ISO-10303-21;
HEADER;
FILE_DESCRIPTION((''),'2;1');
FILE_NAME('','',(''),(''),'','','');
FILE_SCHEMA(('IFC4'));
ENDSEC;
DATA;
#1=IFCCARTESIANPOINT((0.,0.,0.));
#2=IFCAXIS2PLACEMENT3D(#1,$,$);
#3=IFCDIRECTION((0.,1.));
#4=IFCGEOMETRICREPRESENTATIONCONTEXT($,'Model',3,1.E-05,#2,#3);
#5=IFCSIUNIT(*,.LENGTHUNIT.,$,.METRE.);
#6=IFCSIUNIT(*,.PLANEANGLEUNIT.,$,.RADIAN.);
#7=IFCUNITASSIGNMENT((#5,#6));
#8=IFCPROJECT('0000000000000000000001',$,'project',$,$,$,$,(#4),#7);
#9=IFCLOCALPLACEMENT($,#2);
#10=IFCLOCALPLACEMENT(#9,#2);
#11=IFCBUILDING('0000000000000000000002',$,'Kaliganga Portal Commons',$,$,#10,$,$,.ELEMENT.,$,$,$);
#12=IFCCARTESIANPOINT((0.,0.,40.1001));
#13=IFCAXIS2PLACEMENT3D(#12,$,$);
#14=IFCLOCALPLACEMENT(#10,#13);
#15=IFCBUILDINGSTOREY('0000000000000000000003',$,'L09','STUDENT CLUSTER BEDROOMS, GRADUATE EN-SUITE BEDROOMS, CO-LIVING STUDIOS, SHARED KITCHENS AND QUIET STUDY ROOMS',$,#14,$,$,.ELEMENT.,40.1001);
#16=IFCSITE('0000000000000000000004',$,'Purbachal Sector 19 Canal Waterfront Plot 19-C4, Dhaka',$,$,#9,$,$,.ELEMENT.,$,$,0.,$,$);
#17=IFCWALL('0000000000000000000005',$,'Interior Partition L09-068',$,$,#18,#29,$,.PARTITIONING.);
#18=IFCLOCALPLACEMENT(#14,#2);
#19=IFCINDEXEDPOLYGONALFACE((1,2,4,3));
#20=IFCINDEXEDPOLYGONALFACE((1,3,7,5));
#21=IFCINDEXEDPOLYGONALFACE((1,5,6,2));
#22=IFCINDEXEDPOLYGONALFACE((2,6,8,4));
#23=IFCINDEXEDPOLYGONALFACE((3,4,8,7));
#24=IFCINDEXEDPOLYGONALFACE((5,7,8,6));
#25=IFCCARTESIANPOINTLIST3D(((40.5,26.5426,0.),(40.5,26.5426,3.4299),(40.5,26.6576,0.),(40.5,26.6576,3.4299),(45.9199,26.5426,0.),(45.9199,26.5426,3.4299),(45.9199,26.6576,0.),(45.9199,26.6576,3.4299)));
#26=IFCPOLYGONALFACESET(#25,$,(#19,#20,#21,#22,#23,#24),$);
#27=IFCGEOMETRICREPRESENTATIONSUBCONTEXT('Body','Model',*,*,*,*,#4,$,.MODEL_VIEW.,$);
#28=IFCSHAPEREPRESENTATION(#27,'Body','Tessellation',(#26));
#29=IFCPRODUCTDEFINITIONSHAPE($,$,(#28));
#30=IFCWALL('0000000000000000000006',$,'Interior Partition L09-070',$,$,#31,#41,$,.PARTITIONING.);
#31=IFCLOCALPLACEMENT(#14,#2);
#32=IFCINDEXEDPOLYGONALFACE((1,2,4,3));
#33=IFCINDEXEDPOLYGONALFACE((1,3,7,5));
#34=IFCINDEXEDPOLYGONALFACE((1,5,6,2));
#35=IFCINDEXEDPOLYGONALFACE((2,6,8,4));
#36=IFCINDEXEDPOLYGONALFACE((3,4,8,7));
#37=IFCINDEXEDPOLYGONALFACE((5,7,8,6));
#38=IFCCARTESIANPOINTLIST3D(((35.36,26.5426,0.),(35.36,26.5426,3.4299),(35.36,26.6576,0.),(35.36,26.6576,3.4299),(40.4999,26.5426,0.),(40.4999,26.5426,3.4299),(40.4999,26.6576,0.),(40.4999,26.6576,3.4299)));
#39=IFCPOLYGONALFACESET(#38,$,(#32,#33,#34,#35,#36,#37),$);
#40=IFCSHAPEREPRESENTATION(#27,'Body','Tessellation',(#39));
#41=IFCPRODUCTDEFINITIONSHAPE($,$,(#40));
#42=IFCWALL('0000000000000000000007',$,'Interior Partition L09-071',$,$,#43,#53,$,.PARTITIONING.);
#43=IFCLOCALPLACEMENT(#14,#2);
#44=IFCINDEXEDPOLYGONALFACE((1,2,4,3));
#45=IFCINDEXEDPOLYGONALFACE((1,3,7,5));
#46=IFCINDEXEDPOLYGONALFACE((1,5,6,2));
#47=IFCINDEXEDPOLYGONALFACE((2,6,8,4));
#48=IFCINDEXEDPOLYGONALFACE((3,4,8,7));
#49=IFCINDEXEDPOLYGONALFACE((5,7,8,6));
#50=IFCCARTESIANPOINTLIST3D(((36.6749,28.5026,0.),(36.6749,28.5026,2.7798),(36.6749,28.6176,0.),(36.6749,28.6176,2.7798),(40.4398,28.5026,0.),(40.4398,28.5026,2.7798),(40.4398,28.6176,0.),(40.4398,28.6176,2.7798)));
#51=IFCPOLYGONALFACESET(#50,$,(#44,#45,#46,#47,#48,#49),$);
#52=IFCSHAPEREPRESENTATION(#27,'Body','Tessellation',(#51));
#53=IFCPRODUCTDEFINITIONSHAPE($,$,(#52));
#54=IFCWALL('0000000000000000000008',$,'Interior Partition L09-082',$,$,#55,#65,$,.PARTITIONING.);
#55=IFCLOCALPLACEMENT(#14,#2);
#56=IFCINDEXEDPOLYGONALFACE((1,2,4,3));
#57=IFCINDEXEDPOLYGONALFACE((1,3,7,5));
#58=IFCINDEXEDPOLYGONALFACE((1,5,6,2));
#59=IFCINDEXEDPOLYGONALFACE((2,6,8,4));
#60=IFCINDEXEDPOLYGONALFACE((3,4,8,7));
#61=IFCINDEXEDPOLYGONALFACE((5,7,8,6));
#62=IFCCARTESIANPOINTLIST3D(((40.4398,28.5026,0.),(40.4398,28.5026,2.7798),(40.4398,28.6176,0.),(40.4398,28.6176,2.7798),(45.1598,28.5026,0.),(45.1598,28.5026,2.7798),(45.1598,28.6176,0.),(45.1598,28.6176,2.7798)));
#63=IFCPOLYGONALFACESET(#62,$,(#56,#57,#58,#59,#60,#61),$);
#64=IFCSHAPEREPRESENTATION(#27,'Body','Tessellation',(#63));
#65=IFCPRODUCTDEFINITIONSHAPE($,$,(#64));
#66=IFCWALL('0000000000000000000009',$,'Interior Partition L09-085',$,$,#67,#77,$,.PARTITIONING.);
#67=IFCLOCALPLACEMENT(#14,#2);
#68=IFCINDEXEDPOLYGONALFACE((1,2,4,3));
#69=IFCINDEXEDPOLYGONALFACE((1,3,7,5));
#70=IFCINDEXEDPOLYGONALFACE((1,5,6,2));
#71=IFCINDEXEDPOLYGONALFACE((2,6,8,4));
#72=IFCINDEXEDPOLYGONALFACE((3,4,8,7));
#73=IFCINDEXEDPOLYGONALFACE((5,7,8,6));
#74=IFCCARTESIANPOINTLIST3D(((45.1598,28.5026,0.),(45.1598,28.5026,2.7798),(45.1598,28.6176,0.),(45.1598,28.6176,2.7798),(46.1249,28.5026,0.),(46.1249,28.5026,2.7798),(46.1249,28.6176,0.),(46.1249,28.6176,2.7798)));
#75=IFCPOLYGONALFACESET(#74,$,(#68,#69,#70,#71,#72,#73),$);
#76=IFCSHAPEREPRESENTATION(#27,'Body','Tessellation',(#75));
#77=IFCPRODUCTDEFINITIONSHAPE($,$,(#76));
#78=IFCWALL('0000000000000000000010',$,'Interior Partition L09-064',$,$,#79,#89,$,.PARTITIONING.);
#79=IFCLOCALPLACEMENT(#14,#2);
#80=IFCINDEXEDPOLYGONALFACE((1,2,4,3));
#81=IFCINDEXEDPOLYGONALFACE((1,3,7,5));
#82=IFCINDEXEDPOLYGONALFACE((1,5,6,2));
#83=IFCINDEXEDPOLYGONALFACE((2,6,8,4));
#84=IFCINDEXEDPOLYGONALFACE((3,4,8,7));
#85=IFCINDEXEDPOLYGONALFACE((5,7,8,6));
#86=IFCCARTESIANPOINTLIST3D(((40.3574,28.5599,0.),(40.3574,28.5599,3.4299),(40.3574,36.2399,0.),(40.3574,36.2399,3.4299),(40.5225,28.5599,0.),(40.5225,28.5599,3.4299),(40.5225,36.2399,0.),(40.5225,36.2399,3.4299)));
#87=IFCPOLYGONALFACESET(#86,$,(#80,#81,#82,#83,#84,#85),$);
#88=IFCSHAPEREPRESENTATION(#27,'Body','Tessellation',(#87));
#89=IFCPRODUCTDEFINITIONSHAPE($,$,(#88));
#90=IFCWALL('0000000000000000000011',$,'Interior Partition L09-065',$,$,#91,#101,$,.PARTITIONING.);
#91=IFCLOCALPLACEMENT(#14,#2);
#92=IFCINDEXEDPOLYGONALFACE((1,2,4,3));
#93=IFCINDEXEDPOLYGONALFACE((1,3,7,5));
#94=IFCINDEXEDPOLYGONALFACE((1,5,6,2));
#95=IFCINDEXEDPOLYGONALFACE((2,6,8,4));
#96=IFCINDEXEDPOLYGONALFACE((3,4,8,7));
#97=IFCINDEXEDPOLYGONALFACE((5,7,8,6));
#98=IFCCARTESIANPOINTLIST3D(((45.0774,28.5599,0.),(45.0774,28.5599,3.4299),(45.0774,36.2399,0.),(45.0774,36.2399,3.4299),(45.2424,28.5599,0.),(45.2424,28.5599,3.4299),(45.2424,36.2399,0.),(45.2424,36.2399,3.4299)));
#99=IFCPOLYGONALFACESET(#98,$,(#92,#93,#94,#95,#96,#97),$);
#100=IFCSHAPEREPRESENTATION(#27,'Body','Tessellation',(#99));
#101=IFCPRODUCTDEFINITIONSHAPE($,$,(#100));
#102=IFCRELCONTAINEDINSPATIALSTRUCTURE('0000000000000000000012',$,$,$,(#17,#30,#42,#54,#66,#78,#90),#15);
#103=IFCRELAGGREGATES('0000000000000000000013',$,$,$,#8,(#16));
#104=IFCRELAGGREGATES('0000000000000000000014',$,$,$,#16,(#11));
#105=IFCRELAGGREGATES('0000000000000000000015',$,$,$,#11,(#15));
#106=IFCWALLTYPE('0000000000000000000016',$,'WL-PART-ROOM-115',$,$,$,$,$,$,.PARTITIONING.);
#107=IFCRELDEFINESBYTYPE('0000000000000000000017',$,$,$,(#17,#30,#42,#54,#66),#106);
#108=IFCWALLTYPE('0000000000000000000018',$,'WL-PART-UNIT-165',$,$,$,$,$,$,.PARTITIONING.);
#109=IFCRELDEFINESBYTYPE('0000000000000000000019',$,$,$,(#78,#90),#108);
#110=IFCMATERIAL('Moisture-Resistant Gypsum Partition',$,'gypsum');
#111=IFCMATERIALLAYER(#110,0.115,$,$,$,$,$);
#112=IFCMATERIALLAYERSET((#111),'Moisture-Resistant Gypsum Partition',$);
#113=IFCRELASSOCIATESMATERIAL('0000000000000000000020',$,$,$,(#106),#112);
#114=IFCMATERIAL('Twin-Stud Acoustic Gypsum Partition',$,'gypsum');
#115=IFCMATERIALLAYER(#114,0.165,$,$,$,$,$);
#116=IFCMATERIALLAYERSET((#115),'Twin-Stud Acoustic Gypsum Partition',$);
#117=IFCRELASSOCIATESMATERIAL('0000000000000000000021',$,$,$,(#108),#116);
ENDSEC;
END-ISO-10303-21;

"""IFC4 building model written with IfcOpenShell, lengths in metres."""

from ifc_helpers import new_model, si_unit, direction, frame, frame_2d, origin, place, context, subcontext, project, spatial, rectangle, extrude, material, layer, layer_set, type_object, element, save


model = new_model("IFC4")

# Units and contexts
model_context = context("Model", 3, precision=1e-05, world=origin(), true_north=direction((0.0, 1.0)))
body_context = subcontext(model_context, "Body", "Model", "MODEL_VIEW")
ifc_project = project(units=[si_unit("LENGTHUNIT", "METRE"), si_unit("PLANEANGLEUNIT", "RADIAN")], contexts=[model_context])

# Site, building, storey
site_placement = place(None, origin())
site = spatial("IfcSite", under=ifc_project, at=site_placement, Name="Purbachal Sector 19 Canal Waterfront Plot 19-C4, Dhaka", CompositionType="ELEMENT", RefElevation=0.0)
building_placement = place(site_placement, origin())
building = spatial("IfcBuilding", under=site, at=building_placement, Name="Kaliganga Portal Commons", CompositionType="ELEMENT")
storey_placement = place(building_placement, frame((0.0, 0.0, 40.1001)))
storey = spatial("IfcBuildingStorey", under=building, at=storey_placement, Name="L09", Description="STUDENT CLUSTER BEDROOMS, GRADUATE EN-SUITE BEDROOMS, CO-LIVING STUDIOS, SHARED KITCHENS AND QUIET STUDY ROOMS", CompositionType="ELEMENT", Elevation=40.1001)

# Walls
ifc_material_1 = material(Name="Moisture-Resistant Gypsum Partition", Category="gypsum")
ifc_layer_1 = layer(ifc_material_1, 0.115)
ifc_layer_set_1 = layer_set([ifc_layer_1], Name="Moisture-Resistant Gypsum Partition")
wall_type_1 = type_object("IfcWallType", Name="WL-PART-ROOM-115", PredefinedType="PARTITIONING", material=ifc_layer_set_1)
wall_1_placement = place(storey_placement, frame((40.5, 26.6001, 0.0), z_axis=(0.0, 0.0, 1.0), x_axis=(1.0, 0.0, 0.0)))
element("IfcWall", 1, at=wall_1_placement, inside=storey, type_object=wall_type_1, Name="Interior Partition L09-068", PredefinedType="PARTITIONING", context=body_context, shape_type="SweptSolid", body=[
    extrude(rectangle(XDim=5.4199, YDim=0.115, at=frame_2d((2.71, 0.0))), origin(), (0.0, 0.0, 1.0), 3.4299),
])
wall_2_placement = place(storey_placement, frame((35.3601, 26.6001, 0.0), z_axis=(0.0, 0.0, 1.0), x_axis=(1.0, 0.0, 0.0)))
element("IfcWall", 2, at=wall_2_placement, inside=storey, type_object=wall_type_1, Name="Interior Partition L09-070", PredefinedType="PARTITIONING", context=body_context, shape_type="SweptSolid", body=[
    extrude(rectangle(XDim=5.1399, YDim=0.115, at=frame_2d((2.5698, 0.0))), origin(), (0.0, 0.0, 1.0), 3.4299),
])
wall_3_placement = place(storey_placement, frame((36.675, 28.5601, 0.0), z_axis=(0.0, 0.0, 1.0), x_axis=(1.0, 0.0, 0.0)))
element("IfcWall", 3, at=wall_3_placement, inside=storey, type_object=wall_type_1, Name="Interior Partition L09-071", PredefinedType="PARTITIONING", context=body_context, shape_type="SweptSolid", body=[
    extrude(rectangle(XDim=3.7649, YDim=0.115, at=frame_2d((1.8823, 0.0))), origin(), (0.0, 0.0, 1.0), 2.7798),
])
wall_4_placement = place(storey_placement, frame((40.4399, 28.5601, 0.0), z_axis=(0.0, 0.0, 1.0), x_axis=(1.0, 0.0, 0.0)))
element("IfcWall", 4, at=wall_4_placement, inside=storey, type_object=wall_type_1, Name="Interior Partition L09-082", PredefinedType="PARTITIONING", context=body_context, shape_type="SweptSolid", body=[
    extrude(rectangle(XDim=4.72, YDim=0.115, at=frame_2d((2.3599, 0.0))), origin(), (0.0, 0.0, 1.0), 2.7798),
])
wall_5_placement = place(storey_placement, frame((45.1599, 28.5601, 0.0), z_axis=(0.0, 0.0, 1.0), x_axis=(1.0, 0.0, 0.0)))
element("IfcWall", 5, at=wall_5_placement, inside=storey, type_object=wall_type_1, Name="Interior Partition L09-085", PredefinedType="PARTITIONING", context=body_context, shape_type="SweptSolid", body=[
    extrude(rectangle(XDim=0.9651, YDim=0.115, at=frame_2d((0.4824, 0.0))), origin(), (0.0, 0.0, 1.0), 2.7798),
])
ifc_material_2 = material(Name="Twin-Stud Acoustic Gypsum Partition", Category="gypsum")
ifc_layer_2 = layer(ifc_material_2, 0.165)
ifc_layer_set_2 = layer_set([ifc_layer_2], Name="Twin-Stud Acoustic Gypsum Partition")
wall_type_2 = type_object("IfcWallType", Name="WL-PART-UNIT-165", PredefinedType="PARTITIONING", material=ifc_layer_set_2)
for number, where, z_axis, x_axis, name in (
    (6, (40.4399, 28.5601, 0.0), (0.0, 0.0, 1.0), (0.0, 1.0, 0.0), "Interior Partition L09-064"),
    (7, (45.1599, 28.5601, 0.0), (0.0, 0.0, 1.0), (0.0, 1.0, 0.0), "Interior Partition L09-065"),
):
    element("IfcWall", number, at=place(storey_placement, frame(where, z_axis=z_axis, x_axis=x_axis)), inside=storey, type_object=wall_type_2, Name=name, PredefinedType="PARTITIONING", context=body_context, shape_type="SweptSolid", body=[
        extrude(rectangle(XDim=7.6799, YDim=0.165, at=frame_2d((3.8398, 0.0))), origin(), (0.0, 0.0, 1.0), 3.4299),
    ])

save(model, "model.ifc")
